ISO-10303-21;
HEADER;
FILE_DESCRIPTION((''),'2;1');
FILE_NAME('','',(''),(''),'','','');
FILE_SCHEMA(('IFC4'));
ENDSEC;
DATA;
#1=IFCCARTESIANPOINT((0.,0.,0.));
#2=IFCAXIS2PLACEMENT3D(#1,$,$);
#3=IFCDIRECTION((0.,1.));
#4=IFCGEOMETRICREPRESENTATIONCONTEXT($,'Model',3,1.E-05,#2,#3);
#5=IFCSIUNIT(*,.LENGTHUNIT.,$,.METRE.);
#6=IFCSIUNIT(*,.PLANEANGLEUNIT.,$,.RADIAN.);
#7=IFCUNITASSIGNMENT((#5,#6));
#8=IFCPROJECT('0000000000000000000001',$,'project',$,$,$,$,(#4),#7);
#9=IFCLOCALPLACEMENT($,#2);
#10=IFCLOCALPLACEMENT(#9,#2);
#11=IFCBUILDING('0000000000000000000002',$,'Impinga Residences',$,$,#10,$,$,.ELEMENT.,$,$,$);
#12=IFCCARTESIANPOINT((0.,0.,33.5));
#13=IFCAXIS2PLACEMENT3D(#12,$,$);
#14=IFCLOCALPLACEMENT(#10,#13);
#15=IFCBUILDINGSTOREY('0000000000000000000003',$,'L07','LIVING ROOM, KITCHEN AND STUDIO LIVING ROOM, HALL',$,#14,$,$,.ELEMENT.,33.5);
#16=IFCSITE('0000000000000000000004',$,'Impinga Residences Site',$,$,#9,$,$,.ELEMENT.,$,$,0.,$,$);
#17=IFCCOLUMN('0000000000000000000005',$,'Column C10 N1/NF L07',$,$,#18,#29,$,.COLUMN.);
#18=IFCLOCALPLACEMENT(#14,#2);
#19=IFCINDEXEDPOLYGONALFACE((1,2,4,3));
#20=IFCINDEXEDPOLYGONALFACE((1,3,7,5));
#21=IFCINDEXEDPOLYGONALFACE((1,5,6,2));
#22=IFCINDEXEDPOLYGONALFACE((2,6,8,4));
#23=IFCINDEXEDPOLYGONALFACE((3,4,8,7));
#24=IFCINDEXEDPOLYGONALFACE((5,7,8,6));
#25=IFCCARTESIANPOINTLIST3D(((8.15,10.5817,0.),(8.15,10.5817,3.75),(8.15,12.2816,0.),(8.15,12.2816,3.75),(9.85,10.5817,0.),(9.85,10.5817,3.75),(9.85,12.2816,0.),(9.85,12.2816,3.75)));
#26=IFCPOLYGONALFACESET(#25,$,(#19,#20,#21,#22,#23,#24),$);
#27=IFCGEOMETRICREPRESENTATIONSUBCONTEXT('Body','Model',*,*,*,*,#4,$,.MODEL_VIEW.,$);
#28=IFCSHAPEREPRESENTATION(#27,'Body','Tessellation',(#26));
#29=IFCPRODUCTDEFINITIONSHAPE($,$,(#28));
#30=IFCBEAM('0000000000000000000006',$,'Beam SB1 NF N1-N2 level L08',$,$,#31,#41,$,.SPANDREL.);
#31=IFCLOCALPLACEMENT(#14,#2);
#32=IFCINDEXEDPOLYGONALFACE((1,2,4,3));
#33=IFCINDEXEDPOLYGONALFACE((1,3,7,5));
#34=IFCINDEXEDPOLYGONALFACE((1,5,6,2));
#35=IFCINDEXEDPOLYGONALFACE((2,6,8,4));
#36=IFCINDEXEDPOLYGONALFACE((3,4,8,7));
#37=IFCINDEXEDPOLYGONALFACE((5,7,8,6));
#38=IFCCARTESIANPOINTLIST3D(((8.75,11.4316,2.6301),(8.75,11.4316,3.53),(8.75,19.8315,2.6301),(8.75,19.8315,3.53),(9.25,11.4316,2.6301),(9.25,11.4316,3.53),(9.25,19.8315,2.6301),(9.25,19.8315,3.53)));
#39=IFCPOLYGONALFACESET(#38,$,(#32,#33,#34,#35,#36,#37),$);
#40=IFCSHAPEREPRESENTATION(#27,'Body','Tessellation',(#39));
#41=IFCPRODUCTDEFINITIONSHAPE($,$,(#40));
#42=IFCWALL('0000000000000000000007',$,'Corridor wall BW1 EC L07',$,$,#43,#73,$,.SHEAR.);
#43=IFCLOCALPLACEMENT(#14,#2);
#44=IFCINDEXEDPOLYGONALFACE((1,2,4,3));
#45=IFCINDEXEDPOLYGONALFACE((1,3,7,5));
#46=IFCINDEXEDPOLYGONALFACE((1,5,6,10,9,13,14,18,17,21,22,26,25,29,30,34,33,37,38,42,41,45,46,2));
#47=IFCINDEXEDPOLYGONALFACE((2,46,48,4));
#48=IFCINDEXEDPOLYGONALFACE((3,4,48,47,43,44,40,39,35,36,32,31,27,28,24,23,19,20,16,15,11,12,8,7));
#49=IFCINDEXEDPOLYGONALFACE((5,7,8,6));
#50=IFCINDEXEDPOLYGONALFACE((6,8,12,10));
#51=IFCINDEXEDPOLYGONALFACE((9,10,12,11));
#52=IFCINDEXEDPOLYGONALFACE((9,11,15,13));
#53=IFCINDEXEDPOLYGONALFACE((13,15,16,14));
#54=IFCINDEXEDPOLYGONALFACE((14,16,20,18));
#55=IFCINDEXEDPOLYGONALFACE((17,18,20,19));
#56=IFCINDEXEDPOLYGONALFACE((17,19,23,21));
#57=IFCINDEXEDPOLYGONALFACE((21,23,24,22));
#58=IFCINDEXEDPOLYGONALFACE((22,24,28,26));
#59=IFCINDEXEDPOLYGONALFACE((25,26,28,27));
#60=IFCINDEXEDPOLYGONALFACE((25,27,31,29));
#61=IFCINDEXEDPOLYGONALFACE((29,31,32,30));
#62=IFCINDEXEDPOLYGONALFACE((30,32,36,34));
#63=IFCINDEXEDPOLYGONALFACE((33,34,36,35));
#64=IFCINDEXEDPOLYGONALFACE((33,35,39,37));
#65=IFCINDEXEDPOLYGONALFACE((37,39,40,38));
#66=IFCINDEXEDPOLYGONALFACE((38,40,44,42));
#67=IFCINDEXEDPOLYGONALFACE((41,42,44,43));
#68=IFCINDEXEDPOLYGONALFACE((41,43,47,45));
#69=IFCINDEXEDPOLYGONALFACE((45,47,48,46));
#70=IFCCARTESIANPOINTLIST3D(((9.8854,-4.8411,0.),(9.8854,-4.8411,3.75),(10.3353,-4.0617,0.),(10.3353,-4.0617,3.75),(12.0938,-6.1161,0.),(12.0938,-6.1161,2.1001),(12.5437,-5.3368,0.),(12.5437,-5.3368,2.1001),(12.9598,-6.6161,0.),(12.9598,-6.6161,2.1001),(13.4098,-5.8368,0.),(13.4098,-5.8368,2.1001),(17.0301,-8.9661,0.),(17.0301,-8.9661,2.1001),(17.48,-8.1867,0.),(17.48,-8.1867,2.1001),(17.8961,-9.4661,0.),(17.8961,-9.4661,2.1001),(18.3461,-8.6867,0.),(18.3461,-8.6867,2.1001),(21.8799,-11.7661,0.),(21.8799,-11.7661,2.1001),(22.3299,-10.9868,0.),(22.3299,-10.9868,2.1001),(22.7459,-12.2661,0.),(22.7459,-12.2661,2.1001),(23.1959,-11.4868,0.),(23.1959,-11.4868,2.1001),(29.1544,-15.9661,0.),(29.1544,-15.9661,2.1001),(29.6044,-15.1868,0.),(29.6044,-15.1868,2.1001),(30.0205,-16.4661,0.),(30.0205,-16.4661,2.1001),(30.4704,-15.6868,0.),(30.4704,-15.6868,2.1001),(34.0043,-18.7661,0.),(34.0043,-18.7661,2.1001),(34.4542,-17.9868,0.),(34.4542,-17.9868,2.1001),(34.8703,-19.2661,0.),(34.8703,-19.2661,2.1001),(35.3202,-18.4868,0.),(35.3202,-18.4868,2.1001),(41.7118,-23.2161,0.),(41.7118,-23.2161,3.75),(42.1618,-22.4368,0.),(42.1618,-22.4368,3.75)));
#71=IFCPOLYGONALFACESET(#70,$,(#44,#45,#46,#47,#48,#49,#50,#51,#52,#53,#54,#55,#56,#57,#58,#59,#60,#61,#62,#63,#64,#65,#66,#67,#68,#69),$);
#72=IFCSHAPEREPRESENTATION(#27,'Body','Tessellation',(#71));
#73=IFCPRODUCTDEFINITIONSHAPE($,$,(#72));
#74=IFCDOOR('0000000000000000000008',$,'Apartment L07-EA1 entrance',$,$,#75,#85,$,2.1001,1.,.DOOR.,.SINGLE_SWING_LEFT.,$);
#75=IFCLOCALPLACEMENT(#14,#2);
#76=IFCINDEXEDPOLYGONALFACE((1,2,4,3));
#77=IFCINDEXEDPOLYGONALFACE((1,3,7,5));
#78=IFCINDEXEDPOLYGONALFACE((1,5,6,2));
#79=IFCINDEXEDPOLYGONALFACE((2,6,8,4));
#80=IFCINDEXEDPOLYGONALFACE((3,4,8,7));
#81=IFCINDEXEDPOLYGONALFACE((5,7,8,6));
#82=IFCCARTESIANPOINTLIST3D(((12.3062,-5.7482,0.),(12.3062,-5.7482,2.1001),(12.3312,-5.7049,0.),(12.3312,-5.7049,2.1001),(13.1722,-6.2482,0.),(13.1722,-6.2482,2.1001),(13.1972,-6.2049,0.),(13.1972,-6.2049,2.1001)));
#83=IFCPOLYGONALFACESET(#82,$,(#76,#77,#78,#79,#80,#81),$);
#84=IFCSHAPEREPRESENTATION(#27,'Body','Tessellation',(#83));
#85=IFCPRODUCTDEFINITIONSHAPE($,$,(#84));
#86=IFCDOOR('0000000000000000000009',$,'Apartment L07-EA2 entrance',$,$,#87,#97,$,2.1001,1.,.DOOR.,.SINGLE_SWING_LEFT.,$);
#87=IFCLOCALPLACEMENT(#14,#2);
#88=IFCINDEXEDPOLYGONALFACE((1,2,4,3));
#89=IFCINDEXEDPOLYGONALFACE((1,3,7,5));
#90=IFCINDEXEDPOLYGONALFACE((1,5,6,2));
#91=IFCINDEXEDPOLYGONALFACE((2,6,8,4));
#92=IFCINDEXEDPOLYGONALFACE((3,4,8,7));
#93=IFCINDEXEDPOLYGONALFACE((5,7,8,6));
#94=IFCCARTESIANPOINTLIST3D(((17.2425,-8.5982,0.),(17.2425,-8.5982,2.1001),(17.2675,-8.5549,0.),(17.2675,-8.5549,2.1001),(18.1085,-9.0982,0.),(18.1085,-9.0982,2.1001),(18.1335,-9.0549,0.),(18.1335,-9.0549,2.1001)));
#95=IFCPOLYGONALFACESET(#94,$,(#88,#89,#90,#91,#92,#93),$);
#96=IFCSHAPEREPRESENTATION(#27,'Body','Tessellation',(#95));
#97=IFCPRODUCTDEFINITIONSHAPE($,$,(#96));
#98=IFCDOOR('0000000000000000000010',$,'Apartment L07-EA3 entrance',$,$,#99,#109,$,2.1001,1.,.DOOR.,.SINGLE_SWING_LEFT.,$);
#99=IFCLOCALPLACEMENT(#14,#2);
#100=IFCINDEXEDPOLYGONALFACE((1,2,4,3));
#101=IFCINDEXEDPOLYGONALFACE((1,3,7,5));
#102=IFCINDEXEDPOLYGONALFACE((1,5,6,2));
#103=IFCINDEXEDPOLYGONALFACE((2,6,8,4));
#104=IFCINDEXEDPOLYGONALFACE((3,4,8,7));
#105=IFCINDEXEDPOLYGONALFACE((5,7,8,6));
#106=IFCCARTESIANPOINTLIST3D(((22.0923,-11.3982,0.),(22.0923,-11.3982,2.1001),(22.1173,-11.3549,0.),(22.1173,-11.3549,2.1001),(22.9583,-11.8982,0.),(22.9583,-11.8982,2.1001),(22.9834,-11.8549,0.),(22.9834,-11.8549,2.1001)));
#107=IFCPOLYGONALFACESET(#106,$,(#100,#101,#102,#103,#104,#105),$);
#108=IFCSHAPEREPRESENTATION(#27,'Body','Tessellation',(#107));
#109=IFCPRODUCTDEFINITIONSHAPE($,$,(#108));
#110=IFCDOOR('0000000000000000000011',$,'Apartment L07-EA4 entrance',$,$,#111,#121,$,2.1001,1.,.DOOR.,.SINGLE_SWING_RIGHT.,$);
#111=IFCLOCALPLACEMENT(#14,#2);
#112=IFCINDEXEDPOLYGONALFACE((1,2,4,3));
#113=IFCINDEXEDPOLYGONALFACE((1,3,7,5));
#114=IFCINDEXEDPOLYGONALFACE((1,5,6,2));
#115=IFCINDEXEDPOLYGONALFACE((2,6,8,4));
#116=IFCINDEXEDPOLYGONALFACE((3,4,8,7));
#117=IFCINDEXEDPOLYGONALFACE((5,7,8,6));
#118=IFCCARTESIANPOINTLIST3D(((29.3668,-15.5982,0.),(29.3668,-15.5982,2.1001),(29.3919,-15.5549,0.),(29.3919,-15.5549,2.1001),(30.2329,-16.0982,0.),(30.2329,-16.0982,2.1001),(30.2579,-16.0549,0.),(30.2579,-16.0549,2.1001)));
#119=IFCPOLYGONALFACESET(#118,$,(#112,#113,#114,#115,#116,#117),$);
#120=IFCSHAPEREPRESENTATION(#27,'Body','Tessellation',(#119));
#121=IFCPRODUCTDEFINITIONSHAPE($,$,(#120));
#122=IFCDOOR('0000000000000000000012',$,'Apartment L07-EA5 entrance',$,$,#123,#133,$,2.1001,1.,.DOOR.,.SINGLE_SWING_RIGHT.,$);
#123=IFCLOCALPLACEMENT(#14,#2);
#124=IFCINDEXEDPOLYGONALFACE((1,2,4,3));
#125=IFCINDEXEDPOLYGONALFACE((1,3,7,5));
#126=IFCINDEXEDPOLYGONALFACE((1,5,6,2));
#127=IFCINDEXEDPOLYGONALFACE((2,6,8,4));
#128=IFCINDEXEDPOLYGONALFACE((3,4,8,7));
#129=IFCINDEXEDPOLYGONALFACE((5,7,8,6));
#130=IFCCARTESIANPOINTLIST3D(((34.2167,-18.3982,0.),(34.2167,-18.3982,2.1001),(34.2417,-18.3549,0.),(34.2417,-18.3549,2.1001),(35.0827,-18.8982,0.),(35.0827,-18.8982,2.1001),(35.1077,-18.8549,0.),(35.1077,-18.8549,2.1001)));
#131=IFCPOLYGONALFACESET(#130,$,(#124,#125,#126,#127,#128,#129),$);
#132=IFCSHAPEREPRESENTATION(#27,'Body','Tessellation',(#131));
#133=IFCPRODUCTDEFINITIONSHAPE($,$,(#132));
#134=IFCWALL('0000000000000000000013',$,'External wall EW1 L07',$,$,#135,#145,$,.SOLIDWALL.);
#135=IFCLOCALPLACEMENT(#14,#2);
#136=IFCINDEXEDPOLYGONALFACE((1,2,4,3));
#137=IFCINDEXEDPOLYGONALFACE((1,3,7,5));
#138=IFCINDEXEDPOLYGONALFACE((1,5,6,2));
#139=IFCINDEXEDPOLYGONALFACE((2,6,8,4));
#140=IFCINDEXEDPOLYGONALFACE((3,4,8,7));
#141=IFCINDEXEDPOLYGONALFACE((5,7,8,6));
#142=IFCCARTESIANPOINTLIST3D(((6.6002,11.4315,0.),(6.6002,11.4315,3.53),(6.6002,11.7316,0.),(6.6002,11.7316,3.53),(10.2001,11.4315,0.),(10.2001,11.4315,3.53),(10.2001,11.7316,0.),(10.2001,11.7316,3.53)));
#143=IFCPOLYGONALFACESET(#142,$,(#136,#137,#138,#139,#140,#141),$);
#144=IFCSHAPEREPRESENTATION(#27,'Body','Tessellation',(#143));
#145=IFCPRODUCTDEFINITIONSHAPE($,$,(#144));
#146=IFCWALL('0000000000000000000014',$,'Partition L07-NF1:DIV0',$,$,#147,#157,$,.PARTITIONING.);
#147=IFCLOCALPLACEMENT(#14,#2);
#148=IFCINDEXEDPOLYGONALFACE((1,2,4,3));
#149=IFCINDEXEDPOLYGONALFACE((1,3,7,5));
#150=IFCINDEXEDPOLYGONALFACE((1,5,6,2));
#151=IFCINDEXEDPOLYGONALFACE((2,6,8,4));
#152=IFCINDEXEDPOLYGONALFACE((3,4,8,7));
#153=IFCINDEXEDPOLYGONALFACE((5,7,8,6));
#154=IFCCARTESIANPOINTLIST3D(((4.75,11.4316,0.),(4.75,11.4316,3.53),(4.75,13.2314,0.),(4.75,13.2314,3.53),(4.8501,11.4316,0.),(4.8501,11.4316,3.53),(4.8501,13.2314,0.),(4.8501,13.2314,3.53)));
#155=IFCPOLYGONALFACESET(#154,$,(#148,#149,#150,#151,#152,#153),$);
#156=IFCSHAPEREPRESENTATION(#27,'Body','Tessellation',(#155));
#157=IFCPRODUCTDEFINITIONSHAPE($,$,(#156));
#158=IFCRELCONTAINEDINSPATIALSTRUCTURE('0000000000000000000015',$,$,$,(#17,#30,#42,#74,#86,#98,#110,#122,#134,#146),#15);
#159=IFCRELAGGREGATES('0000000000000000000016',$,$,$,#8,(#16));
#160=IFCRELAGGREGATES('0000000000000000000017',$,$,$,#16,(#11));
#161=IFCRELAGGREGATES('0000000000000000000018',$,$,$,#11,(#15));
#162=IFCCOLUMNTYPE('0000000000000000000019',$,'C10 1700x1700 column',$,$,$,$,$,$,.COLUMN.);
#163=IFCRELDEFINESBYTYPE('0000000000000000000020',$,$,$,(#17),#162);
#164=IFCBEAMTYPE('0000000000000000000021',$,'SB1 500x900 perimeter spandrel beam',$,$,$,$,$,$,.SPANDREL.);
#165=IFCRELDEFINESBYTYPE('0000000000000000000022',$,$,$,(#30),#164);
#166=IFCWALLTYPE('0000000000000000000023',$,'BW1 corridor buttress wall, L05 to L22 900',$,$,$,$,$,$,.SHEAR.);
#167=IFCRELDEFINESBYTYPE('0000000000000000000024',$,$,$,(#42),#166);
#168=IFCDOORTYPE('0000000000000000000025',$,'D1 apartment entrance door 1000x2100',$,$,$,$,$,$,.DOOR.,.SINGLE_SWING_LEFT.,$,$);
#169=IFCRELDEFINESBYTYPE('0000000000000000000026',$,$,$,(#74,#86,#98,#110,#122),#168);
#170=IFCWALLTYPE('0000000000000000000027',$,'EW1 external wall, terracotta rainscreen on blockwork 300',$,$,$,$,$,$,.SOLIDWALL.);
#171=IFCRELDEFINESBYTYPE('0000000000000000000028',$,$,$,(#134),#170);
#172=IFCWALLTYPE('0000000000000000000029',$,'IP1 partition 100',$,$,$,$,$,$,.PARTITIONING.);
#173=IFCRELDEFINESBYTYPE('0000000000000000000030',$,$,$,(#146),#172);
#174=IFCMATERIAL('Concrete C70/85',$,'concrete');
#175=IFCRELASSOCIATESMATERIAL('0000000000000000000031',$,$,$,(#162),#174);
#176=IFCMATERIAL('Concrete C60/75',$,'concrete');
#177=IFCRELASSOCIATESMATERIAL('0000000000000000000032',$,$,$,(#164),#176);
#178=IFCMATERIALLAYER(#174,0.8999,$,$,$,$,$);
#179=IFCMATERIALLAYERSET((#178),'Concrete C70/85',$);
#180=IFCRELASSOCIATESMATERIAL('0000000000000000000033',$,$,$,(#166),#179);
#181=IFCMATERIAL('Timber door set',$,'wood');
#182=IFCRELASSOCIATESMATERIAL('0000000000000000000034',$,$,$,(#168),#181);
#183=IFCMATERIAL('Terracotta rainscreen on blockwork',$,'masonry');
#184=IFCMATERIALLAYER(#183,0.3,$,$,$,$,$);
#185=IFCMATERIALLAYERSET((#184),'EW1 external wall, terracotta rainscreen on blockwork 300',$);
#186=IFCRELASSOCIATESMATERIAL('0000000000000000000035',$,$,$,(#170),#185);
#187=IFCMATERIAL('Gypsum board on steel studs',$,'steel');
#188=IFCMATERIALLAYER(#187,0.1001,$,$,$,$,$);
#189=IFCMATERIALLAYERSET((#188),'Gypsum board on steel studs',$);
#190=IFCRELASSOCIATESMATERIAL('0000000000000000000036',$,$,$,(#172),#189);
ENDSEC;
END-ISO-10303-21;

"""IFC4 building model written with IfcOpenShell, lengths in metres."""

from ifc_helpers import new_model, si_unit, direction, frame, frame_2d, origin, origin_2d, place, context, subcontext, project, spatial, rectangle, extrude, material, layer, layer_set, material_profile, profile_set, type_object, element, fill, save


model = new_model("IFC4")

# Units and contexts
model_context = context("Model", 3, precision=1e-05, world=origin(), true_north=direction((0.0, 1.0)))
body_context = subcontext(model_context, "Body", "Model", "MODEL_VIEW")
ifc_project = project(units=[si_unit("LENGTHUNIT", "METRE"), si_unit("PLANEANGLEUNIT", "RADIAN")], contexts=[model_context])

# Site, building, storey
site_placement = place(None, origin())
site = spatial("IfcSite", under=ifc_project, at=site_placement, Name="Impinga Residences Site", CompositionType="ELEMENT", RefElevation=0.0)
building_placement = place(site_placement, origin())
building = spatial("IfcBuilding", under=site, at=building_placement, Name="Impinga Residences", CompositionType="ELEMENT")
storey_placement = place(building_placement, frame((0.0, 0.0, 33.5)))
storey = spatial("IfcBuildingStorey", under=building, at=storey_placement, Name="L07", Description="LIVING ROOM, KITCHEN AND STUDIO LIVING ROOM, HALL", CompositionType="ELEMENT", Elevation=33.5)

# Column
ifc_material_1 = material(Name="Concrete C70/85", Category="concrete")
ifc_material_profile_1 = material_profile(ifc_material_1, rectangle(XDim=1.7, YDim=1.7, at=origin_2d()), Name="RC 1700x1700")
ifc_profile_set_1 = profile_set([ifc_material_profile_1], Name="Concrete C70/85")
column_type = type_object("IfcColumnType", Name="C10 1700x1700 column", PredefinedType="COLUMN", material=ifc_profile_set_1)
column_placement = place(storey_placement, frame((9.0, 11.4316, 0.0), z_axis=(0.0, 0.0, 1.0), x_axis=(1.0, 0.0, 0.0)))
element("IfcColumn", 1, at=column_placement, inside=storey, type_object=column_type, Name="Column C10 N1/NF L07", PredefinedType="COLUMN", context=body_context, shape_type="SweptSolid", body=[
    extrude(rectangle(XDim=1.7, YDim=1.7, at=origin_2d()), origin(), (0.0, 0.0, 1.0), 3.75),
])

# Beam
ifc_material_2 = material(Name="Concrete C60/75", Category="concrete")
ifc_material_profile_2 = material_profile(ifc_material_2, rectangle(XDim=0.5, YDim=0.8999, at=origin_2d()), Name="RC 500x900")
ifc_profile_set_2 = profile_set([ifc_material_profile_2], Name="Concrete C60/75")
beam_type = type_object("IfcBeamType", Name="SB1 500x900 perimeter spandrel beam", PredefinedType="SPANDREL", material=ifc_profile_set_2)
beam_placement = place(storey_placement, frame((9.0, 11.4316, 3.0801), z_axis=(0.0, 1.0, 0.0), x_axis=(-1.0, 0.0, 0.0)))
element("IfcBeam", 2, at=beam_placement, inside=storey, type_object=beam_type, Name="Beam SB1 NF N1-N2 level L08", PredefinedType="SPANDREL", context=body_context, shape_type="SweptSolid", body=[
    extrude(rectangle(XDim=0.5, YDim=0.8999, at=origin_2d()), origin(), (0.0, 0.0, 1.0), 8.3999),
])

# Wall, openings, doors
ifc_layer_1 = layer(ifc_material_1, 0.8999)
ifc_layer_set_1 = layer_set([ifc_layer_1], Name="Concrete C70/85")
wall_type_1 = type_object("IfcWallType", Name="BW1 corridor buttress wall, L05 to L22 900", PredefinedType="SHEAR", material=ifc_layer_set_1)
wall_1_placement = place(storey_placement, frame((10.1104, -4.4514, 0.0), z_axis=(0.0, 0.0, 1.0), x_axis=(0.866025, -0.5, 0.0)))
wall_1 = element("IfcWall", 3, at=wall_1_placement, inside=storey, type_object=wall_type_1, Name="Corridor wall BW1 EC L07", PredefinedType="SHEAR", context=body_context, shape_type="SweptSolid", body=[
    extrude(rectangle(XDim=36.75, YDim=0.8999, at=frame_2d((18.375, 0.0))), origin(), (0.0, 0.0, 1.0), 3.75),
])
opening_1_placement = place(wall_1_placement, frame((2.55, 0.0, 0.0)))
opening_1 = element("IfcOpeningElement", 4, at=opening_1_placement, cuts=wall_1, PredefinedType="OPENING", context=body_context, shape_type="SweptSolid", body=[
    extrude(rectangle(XDim=1.0, YDim=2.1001, at=frame_2d((0.5, 1.05))), frame((0.0, 0.46, 0.0), z_axis=(0.0, -1.0, 0.0), x_axis=(1.0, 0.0, 0.0)), (0.0, 0.0, 1.0), 0.9199),
])
opening_2_placement = place(wall_1_placement, frame((8.25, 0.0, 0.0)))
opening_2 = element("IfcOpeningElement", 5, at=opening_2_placement, cuts=wall_1, PredefinedType="OPENING", context=body_context, shape_type="SweptSolid", body=[
    extrude(rectangle(XDim=1.0, YDim=2.1001, at=frame_2d((0.5, 1.05))), frame((0.0, 0.46, 0.0), z_axis=(0.0, -1.0, 0.0), x_axis=(1.0, 0.0, 0.0)), (0.0, 0.0, 1.0), 0.9199),
])
opening_3_placement = place(wall_1_placement, frame((13.8501, 0.0, 0.0)))
opening_3 = element("IfcOpeningElement", 6, at=opening_3_placement, cuts=wall_1, PredefinedType="OPENING", context=body_context, shape_type="SweptSolid", body=[
    extrude(rectangle(XDim=1.0, YDim=2.1001, at=frame_2d((0.5, 1.05))), frame((0.0, 0.46, 0.0), z_axis=(0.0, -1.0, 0.0), x_axis=(1.0, 0.0, 0.0)), (0.0, 0.0, 1.0), 0.9199),
])
opening_4_placement = place(wall_1_placement, frame((22.25, 0.0, 0.0)))
opening_4 = element("IfcOpeningElement", 7, at=opening_4_placement, cuts=wall_1, PredefinedType="OPENING", context=body_context, shape_type="SweptSolid", body=[
    extrude(rectangle(XDim=1.0, YDim=2.1001, at=frame_2d((0.5, 1.05))), frame((0.0, 0.46, 0.0), z_axis=(0.0, -1.0, 0.0), x_axis=(1.0, 0.0, 0.0)), (0.0, 0.0, 1.0), 0.9199),
])
opening_5_placement = place(wall_1_placement, frame((27.8501, 0.0, 0.0)))
opening_5 = element("IfcOpeningElement", 8, at=opening_5_placement, cuts=wall_1, PredefinedType="OPENING", context=body_context, shape_type="SweptSolid", body=[
    extrude(rectangle(XDim=1.0, YDim=2.1001, at=frame_2d((0.5, 1.05))), frame((0.0, 0.46, 0.0), z_axis=(0.0, -1.0, 0.0), x_axis=(1.0, 0.0, 0.0)), (0.0, 0.0, 1.0), 0.9199),
])
ifc_material_3 = material(Name="Timber door set", Category="wood")
door_type_1 = type_object("IfcDoorType", Name="D1 apartment entrance door 1000x2100", OperationType="SINGLE_SWING_LEFT", PredefinedType="DOOR", material=ifc_material_3)
door_1_placement = place(opening_1_placement, origin())
door_1 = element("IfcDoor", 9, at=door_1_placement, inside=storey, type_object=door_type_1, Name="Apartment L07-EA1 entrance", OperationType="SINGLE_SWING_LEFT", OverallHeight=2.1001, OverallWidth=1.0, PredefinedType="DOOR", context=body_context, shape_type="SweptSolid", body=[
    extrude(rectangle(XDim=1.0, YDim=2.1001, at=frame_2d((0.5, 1.05))), frame((0.0, 0.0249, 0.0), z_axis=(0.0, -1.0, 0.0), x_axis=(1.0, 0.0, 0.0)), (0.0, 0.0, 1.0), 0.05),
])
fill(opening_1, door_1)
door_2_placement = place(opening_2_placement, origin())
door_2 = element("IfcDoor", 10, at=door_2_placement, inside=storey, type_object=door_type_1, Name="Apartment L07-EA2 entrance", OperationType="SINGLE_SWING_LEFT", OverallHeight=2.1001, OverallWidth=1.0, PredefinedType="DOOR", context=body_context, shape_type="SweptSolid", body=[
    extrude(rectangle(XDim=1.0, YDim=2.1001, at=frame_2d((0.5, 1.05))), frame((0.0, 0.0249, 0.0), z_axis=(0.0, -1.0, 0.0), x_axis=(1.0, 0.0, 0.0)), (0.0, 0.0, 1.0), 0.05),
])
fill(opening_2, door_2)
door_3_placement = place(opening_3_placement, origin())
door_3 = element("IfcDoor", 11, at=door_3_placement, inside=storey, type_object=door_type_1, Name="Apartment L07-EA3 entrance", OperationType="SINGLE_SWING_LEFT", OverallHeight=2.1001, OverallWidth=1.0, PredefinedType="DOOR", context=body_context, shape_type="SweptSolid", body=[
    extrude(rectangle(XDim=1.0, YDim=2.1001, at=frame_2d((0.5, 1.05))), frame((0.0, 0.0249, 0.0), z_axis=(0.0, -1.0, 0.0), x_axis=(1.0, 0.0, 0.0)), (0.0, 0.0, 1.0), 0.05),
])
fill(opening_3, door_3)
door_4_placement = place(opening_4_placement, origin())
door_4 = element("IfcDoor", 12, at=door_4_placement, inside=storey, type_object=door_type_1, Name="Apartment L07-EA4 entrance", OperationType="SINGLE_SWING_RIGHT", OverallHeight=2.1001, OverallWidth=1.0, PredefinedType="DOOR", context=body_context, shape_type="SweptSolid", body=[
    extrude(rectangle(XDim=1.0, YDim=2.1001, at=frame_2d((0.5, 1.05))), frame((0.0, 0.0249, 0.0), z_axis=(0.0, -1.0, 0.0), x_axis=(1.0, 0.0, 0.0)), (0.0, 0.0, 1.0), 0.05),
])
fill(opening_4, door_4)
door_5_placement = place(opening_5_placement, origin())
door_5 = element("IfcDoor", 13, at=door_5_placement, inside=storey, type_object=door_type_1, Name="Apartment L07-EA5 entrance", OperationType="SINGLE_SWING_RIGHT", OverallHeight=2.1001, OverallWidth=1.0, PredefinedType="DOOR", context=body_context, shape_type="SweptSolid", body=[
    extrude(rectangle(XDim=1.0, YDim=2.1001, at=frame_2d((0.5, 1.05))), frame((0.0, 0.0249, 0.0), z_axis=(0.0, -1.0, 0.0), x_axis=(1.0, 0.0, 0.0)), (0.0, 0.0, 1.0), 0.05),
])
fill(opening_5, door_5)

# Walls
ifc_material_4 = material(Name="Terracotta rainscreen on blockwork", Category="masonry")
ifc_layer_2 = layer(ifc_material_4, 0.3)
ifc_layer_set_2 = layer_set([ifc_layer_2], Name="EW1 external wall, terracotta rainscreen on blockwork 300")
wall_type_2 = type_object("IfcWallType", Name="EW1 external wall, terracotta rainscreen on blockwork 300", PredefinedType="SOLIDWALL", material=ifc_layer_set_2)
wall_2_placement = place(storey_placement, frame((10.2, 11.5815, 0.0), z_axis=(0.0, 0.0, 1.0), x_axis=(-1.0, 0.0, 0.0)))
element("IfcWall", 14, at=wall_2_placement, inside=storey, type_object=wall_type_2, Name="External wall EW1 L07", PredefinedType="SOLIDWALL", context=body_context, shape_type="SweptSolid", body=[
    extrude(rectangle(XDim=3.5999, YDim=0.3, at=frame_2d((1.7998, 0.0))), origin(), (0.0, 0.0, 1.0), 3.53),
])
ifc_material_5 = material(Name="Gypsum board on steel studs", Category="steel")
ifc_layer_3 = layer(ifc_material_5, 0.1001)
ifc_layer_set_3 = layer_set([ifc_layer_3], Name="Gypsum board on steel studs")
wall_type_3 = type_object("IfcWallType", Name="IP1 partition 100", PredefinedType="PARTITIONING", material=ifc_layer_set_3)
wall_3_placement = place(storey_placement, frame((4.8, 11.4316, 0.0), z_axis=(0.0, 0.0, 1.0), x_axis=(0.0, 1.0, 0.0)))
element("IfcWall", 15, at=wall_3_placement, inside=storey, type_object=wall_type_3, Name="Partition L07-NF1:DIV0", PredefinedType="PARTITIONING", context=body_context, shape_type="SweptSolid", body=[
    extrude(rectangle(XDim=1.7998, YDim=0.1001, at=frame_2d((0.8999, 0.0))), origin(), (0.0, 0.0, 1.0), 3.53),
])

save(model, "model.ifc")
